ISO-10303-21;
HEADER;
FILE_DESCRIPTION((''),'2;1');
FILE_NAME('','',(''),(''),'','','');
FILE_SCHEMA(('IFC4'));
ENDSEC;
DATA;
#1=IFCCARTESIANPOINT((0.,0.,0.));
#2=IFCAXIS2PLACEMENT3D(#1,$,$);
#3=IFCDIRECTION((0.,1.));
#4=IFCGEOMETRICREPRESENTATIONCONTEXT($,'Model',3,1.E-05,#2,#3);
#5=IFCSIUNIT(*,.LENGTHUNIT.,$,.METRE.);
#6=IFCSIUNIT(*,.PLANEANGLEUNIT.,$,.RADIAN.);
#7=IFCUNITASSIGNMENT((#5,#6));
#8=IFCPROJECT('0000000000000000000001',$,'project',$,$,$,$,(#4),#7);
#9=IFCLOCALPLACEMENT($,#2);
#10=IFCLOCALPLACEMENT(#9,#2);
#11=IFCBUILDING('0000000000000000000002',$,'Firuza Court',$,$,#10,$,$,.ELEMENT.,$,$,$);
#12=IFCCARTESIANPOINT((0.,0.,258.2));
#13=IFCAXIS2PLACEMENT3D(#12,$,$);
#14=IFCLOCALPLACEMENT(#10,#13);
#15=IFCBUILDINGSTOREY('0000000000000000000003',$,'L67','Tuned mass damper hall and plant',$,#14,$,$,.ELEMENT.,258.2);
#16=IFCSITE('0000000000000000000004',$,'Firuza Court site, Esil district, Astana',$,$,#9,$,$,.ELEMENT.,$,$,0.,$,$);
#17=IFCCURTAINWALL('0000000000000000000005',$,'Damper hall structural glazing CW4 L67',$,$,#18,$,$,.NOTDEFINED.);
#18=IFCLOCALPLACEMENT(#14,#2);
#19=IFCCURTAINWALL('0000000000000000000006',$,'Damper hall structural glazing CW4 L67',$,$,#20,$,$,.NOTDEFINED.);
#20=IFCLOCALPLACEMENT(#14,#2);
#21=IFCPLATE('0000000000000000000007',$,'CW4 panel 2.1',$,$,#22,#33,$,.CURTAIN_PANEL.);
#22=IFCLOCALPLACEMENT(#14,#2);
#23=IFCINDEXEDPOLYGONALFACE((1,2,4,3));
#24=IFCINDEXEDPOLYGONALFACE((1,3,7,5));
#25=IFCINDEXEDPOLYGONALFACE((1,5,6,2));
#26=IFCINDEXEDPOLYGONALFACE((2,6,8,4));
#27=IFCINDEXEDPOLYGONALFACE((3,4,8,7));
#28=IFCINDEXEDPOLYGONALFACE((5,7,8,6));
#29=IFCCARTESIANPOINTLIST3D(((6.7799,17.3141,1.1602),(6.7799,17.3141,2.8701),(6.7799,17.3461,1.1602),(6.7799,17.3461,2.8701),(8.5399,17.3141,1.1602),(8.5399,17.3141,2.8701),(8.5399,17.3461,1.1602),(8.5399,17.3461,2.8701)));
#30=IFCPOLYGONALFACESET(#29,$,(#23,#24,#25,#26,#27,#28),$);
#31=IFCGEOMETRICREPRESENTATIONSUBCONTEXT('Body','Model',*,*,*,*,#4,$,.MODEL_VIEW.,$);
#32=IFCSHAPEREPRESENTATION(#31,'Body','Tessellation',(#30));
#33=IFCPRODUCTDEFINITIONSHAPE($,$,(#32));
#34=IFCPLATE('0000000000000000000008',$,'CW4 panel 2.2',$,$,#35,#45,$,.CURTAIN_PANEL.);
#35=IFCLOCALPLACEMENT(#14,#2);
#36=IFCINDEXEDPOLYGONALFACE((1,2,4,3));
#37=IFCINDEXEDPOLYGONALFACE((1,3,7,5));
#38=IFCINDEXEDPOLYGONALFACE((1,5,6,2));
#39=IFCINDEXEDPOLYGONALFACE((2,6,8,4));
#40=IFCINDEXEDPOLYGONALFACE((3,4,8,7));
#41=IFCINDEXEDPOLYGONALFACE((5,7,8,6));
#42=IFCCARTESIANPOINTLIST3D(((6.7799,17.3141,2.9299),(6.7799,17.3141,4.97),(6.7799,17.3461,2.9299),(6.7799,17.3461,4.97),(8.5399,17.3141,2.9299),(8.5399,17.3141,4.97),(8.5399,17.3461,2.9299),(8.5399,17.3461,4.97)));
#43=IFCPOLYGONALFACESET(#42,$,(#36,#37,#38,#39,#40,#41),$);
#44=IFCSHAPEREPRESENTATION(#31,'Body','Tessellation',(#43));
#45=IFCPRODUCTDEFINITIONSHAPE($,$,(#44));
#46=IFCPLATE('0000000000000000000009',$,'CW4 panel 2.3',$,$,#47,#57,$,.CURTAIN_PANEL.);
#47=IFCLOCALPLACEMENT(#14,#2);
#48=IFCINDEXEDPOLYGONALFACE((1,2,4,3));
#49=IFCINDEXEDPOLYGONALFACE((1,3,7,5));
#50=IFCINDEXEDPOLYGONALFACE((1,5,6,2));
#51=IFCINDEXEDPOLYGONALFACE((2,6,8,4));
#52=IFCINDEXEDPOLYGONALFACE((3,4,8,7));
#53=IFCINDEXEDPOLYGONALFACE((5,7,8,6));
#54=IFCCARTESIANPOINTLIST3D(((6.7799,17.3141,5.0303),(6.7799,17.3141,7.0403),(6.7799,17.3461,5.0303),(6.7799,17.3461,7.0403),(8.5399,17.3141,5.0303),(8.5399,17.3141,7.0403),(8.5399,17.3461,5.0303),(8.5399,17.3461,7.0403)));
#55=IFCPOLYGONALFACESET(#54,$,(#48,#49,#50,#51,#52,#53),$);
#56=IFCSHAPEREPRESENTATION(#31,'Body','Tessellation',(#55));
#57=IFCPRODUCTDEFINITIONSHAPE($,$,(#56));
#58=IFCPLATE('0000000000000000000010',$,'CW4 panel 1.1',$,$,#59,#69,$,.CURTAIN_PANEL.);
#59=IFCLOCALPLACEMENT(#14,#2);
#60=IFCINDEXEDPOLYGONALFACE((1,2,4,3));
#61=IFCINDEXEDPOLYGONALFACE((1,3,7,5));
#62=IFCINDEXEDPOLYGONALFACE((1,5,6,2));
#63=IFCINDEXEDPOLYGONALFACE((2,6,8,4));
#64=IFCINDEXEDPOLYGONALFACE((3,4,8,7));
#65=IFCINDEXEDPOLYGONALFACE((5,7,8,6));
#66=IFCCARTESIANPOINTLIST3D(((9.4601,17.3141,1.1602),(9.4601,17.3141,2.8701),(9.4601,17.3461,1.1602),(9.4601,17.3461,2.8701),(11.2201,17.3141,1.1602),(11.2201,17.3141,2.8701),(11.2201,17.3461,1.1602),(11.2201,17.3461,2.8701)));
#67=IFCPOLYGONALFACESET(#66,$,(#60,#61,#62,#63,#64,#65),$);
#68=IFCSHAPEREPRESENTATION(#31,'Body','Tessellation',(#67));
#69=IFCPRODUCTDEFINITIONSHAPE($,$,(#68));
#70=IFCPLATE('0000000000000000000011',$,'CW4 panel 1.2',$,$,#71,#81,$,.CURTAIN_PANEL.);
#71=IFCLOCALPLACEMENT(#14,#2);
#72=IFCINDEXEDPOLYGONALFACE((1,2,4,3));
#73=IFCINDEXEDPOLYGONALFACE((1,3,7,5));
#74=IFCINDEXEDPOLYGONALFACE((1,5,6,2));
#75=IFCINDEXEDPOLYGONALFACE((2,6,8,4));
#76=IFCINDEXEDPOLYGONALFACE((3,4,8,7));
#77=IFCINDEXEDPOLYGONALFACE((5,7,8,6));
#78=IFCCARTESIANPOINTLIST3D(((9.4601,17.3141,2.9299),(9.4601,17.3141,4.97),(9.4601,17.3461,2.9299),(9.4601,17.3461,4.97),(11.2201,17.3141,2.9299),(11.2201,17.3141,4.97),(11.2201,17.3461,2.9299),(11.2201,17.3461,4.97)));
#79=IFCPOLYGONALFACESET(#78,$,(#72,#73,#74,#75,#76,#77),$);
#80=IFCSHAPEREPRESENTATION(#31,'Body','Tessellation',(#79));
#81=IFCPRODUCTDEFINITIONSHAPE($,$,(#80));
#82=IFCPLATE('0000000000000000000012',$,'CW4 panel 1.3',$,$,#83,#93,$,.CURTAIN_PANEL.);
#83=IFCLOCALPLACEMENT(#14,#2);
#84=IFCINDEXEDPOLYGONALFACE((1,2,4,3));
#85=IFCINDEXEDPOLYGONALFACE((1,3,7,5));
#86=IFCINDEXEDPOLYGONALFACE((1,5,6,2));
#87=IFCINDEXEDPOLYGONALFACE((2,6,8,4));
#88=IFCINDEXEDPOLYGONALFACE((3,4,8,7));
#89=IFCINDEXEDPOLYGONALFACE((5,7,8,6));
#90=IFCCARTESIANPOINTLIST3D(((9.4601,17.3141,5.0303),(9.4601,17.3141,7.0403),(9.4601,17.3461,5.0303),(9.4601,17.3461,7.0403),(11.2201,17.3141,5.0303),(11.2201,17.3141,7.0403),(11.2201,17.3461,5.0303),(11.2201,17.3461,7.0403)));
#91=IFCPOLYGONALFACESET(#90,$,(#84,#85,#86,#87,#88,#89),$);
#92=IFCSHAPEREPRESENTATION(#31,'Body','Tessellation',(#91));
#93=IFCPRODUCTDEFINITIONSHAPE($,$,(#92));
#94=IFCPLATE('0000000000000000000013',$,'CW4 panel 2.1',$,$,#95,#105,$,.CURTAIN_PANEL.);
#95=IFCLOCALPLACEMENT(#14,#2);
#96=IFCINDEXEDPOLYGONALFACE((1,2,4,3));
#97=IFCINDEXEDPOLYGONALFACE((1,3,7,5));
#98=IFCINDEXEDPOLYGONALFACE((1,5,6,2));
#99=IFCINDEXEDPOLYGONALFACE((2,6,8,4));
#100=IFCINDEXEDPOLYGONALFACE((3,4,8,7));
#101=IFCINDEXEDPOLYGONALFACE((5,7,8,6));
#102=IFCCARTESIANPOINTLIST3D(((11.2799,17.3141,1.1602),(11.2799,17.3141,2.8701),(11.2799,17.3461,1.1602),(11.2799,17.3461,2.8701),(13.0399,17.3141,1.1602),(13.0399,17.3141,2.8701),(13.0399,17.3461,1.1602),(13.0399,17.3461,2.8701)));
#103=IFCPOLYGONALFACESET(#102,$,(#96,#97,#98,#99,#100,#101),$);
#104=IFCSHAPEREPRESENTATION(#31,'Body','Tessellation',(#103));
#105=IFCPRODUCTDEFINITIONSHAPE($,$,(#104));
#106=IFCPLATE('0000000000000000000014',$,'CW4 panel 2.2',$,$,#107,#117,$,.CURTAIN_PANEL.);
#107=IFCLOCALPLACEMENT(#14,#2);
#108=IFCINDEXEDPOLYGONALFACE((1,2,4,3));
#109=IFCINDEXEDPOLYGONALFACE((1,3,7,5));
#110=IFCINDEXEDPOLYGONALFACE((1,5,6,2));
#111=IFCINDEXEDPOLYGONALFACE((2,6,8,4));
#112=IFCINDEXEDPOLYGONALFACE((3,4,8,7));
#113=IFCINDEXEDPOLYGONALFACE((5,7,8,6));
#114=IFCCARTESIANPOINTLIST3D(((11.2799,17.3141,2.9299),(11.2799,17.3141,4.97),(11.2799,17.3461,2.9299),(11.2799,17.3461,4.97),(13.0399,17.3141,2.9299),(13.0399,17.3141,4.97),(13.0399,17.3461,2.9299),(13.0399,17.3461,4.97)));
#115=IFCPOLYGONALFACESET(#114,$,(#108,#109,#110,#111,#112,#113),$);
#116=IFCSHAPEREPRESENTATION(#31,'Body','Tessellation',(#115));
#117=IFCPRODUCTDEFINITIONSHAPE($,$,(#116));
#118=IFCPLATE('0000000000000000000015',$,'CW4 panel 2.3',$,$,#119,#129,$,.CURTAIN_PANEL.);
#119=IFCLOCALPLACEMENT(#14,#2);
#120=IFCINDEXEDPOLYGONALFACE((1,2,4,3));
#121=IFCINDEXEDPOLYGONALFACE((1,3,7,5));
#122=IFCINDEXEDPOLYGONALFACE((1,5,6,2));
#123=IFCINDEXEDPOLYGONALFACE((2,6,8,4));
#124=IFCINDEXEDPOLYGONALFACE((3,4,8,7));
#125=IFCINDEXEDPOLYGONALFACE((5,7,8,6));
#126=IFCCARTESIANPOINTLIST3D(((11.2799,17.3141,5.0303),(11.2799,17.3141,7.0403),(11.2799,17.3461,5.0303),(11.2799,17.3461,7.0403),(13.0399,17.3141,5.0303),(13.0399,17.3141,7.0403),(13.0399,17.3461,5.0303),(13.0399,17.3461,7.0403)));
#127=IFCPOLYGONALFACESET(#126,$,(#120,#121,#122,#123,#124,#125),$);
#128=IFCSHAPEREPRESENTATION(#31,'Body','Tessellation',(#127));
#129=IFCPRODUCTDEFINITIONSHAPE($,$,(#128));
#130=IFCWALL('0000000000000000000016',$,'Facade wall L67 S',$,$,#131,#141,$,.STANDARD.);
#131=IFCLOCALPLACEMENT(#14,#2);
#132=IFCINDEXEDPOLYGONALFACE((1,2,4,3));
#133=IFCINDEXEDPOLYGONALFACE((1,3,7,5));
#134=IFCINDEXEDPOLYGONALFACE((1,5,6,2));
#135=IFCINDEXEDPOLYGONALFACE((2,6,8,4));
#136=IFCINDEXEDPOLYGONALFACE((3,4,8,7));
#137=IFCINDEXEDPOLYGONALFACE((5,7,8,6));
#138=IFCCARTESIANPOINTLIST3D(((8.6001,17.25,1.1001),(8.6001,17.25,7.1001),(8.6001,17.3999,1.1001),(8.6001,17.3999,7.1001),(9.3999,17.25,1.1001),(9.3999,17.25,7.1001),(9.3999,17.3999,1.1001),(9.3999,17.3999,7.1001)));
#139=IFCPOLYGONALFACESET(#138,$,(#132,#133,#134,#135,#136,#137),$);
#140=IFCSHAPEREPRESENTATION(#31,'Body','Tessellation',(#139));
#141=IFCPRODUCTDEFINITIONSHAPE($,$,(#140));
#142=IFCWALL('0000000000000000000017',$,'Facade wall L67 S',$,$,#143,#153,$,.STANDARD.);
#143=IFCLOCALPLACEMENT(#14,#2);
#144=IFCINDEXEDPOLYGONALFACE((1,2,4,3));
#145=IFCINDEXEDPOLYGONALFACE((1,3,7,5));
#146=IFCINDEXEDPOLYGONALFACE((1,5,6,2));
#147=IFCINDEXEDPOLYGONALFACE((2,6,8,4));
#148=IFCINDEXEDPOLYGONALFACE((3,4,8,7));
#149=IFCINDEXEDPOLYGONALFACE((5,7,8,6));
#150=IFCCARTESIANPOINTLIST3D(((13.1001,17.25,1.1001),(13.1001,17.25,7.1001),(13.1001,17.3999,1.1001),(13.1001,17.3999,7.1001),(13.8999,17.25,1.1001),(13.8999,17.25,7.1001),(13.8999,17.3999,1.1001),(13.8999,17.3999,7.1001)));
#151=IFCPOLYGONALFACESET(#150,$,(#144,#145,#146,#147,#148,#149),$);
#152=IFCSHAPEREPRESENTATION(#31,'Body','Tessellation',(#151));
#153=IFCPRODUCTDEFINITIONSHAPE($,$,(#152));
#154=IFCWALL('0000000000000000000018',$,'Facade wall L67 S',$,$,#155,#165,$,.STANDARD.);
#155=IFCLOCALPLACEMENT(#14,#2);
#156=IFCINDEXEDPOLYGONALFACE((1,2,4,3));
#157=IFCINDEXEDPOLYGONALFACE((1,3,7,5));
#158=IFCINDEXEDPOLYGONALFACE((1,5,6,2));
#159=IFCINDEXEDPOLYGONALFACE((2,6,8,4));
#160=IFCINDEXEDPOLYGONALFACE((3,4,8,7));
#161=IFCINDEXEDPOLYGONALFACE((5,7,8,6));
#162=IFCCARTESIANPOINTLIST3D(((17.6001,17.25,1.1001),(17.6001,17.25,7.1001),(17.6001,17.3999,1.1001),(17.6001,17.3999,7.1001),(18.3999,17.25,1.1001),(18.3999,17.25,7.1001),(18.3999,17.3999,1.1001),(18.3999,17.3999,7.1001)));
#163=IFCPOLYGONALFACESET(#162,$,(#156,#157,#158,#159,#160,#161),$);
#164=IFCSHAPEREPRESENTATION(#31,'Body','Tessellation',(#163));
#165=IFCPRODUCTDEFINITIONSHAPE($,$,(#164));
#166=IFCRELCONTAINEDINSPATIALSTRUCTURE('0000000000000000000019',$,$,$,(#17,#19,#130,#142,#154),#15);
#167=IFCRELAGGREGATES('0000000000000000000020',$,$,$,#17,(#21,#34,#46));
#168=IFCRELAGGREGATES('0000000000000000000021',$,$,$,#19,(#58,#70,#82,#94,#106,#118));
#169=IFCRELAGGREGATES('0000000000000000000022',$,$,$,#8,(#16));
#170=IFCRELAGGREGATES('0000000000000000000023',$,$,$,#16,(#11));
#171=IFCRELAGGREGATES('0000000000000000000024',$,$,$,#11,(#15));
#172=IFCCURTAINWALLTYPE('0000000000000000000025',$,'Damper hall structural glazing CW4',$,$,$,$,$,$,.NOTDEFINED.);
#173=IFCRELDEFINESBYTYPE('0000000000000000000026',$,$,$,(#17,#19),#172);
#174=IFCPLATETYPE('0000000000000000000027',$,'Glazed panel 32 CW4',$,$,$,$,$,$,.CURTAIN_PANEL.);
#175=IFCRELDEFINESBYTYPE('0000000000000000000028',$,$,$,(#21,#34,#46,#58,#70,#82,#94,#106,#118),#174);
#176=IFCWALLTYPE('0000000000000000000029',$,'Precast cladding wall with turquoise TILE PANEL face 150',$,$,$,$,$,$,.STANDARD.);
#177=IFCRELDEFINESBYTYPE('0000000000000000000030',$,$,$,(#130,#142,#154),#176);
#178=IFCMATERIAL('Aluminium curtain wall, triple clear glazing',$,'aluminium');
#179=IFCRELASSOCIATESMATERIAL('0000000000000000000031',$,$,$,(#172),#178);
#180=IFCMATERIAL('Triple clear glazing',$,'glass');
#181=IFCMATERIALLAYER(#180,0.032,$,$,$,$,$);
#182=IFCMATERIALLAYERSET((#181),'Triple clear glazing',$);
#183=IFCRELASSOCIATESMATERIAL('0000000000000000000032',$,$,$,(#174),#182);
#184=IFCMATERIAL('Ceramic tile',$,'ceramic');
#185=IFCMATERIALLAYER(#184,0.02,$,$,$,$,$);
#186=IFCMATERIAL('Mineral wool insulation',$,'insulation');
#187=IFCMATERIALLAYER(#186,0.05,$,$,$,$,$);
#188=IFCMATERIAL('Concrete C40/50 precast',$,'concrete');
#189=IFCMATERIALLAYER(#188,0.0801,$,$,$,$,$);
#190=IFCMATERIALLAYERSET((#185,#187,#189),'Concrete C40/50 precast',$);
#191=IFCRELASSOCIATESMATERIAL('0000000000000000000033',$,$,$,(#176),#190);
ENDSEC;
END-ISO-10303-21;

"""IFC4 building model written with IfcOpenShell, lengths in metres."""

from ifc_helpers import new_model, si_unit, direction, frame, frame_2d, origin, origin_2d, place, context, subcontext, project, spatial, rectangle, extrude, material, layer, layer_set, type_object, element, aggregate, save


model = new_model("IFC4")

# Units and contexts
model_context = context("Model", 3, precision=1e-05, world=origin(), true_north=direction((0.0, 1.0)))
body_context = subcontext(model_context, "Body", "Model", "MODEL_VIEW")
ifc_project = project(units=[si_unit("LENGTHUNIT", "METRE"), si_unit("PLANEANGLEUNIT", "RADIAN")], contexts=[model_context])

# Site, building, storey
site_placement = place(None, origin())
site = spatial("IfcSite", under=ifc_project, at=site_placement, Name="Firuza Court site, Esil district, Astana", CompositionType="ELEMENT", RefElevation=0.0)
building_placement = place(site_placement, origin())
building = spatial("IfcBuilding", under=site, at=building_placement, Name="Firuza Court", CompositionType="ELEMENT")
storey_placement = place(building_placement, frame((0.0, 0.0, 258.2)))
storey = spatial("IfcBuildingStorey", under=building, at=storey_placement, Name="L67", Description="Tuned mass damper hall and plant", CompositionType="ELEMENT", Elevation=258.2)

# Curtain wall
ifc_material_1 = material(Name="Aluminium curtain wall, triple clear glazing", Category="aluminium")
curtain_wall_type = type_object("IfcCurtainWallType", Name="Damper hall structural glazing CW4", PredefinedType="NOTDEFINED", material=ifc_material_1)
curtain_wall_1_placement = place(storey_placement, origin())
curtain_wall_1 = element("IfcCurtainWall", 1, at=curtain_wall_1_placement, inside=storey, type_object=curtain_wall_type, Name="Damper hall structural glazing CW4 L67", PredefinedType="NOTDEFINED")

# Curtain wall
curtain_wall_2_placement = place(storey_placement, origin())
curtain_wall_2 = element("IfcCurtainWall", 2, at=curtain_wall_2_placement, inside=storey, type_object=curtain_wall_type, Name="Damper hall structural glazing CW4 L67", PredefinedType="NOTDEFINED")

# Plates
ifc_material_2 = material(Name="Triple clear glazing", Category="glass")
ifc_layer_1 = layer(ifc_material_2, 0.032)
ifc_layer_set_1 = layer_set([ifc_layer_1], Name="Triple clear glazing")
plate_type = type_object("IfcPlateType", Name="Glazed panel 32 CW4", PredefinedType="CURTAIN_PANEL", material=ifc_layer_set_1)
plate_1_placement = place(storey_placement, frame((7.6599, 17.3301, 1.1602), z_axis=(0.0, 0.0, 1.0), x_axis=(1.0, 0.0, 0.0)))
plate_1 = element("IfcPlate", 3, at=plate_1_placement, type_object=plate_type, Name="CW4 panel 2.1", PredefinedType="CURTAIN_PANEL", context=body_context, shape_type="SweptSolid", body=[
    extrude(rectangle(XDim=1.76, YDim=0.032, at=origin_2d()), origin(), (0.0, 0.0, 1.0), 1.71),
])
plate_2_placement = place(storey_placement, frame((7.6599, 17.3301, 2.9299), z_axis=(0.0, 0.0, 1.0), x_axis=(1.0, 0.0, 0.0)))
plate_2 = element("IfcPlate", 4, at=plate_2_placement, type_object=plate_type, Name="CW4 panel 2.2", PredefinedType="CURTAIN_PANEL", context=body_context, shape_type="SweptSolid", body=[
    extrude(rectangle(XDim=1.76, YDim=0.032, at=origin_2d()), origin(), (0.0, 0.0, 1.0), 2.04),
])
plate_3_placement = place(storey_placement, frame((7.6599, 17.3301, 5.0303), z_axis=(0.0, 0.0, 1.0), x_axis=(1.0, 0.0, 0.0)))
plate_3 = element("IfcPlate", 5, at=plate_3_placement, type_object=plate_type, Name="CW4 panel 2.3", PredefinedType="CURTAIN_PANEL", context=body_context, shape_type="SweptSolid", body=[
    extrude(rectangle(XDim=1.76, YDim=0.032, at=origin_2d()), origin(), (0.0, 0.0, 1.0), 2.01),
])
aggregate(curtain_wall_1, [plate_1, plate_2, plate_3])
plate_4_placement = place(storey_placement, frame((10.3401, 17.3301, 1.1602), z_axis=(0.0, 0.0, 1.0), x_axis=(1.0, 0.0, 0.0)))
plate_4 = element("IfcPlate", 6, at=plate_4_placement, type_object=plate_type, Name="CW4 panel 1.1", PredefinedType="CURTAIN_PANEL", context=body_context, shape_type="SweptSolid", body=[
    extrude(rectangle(XDim=1.76, YDim=0.032, at=origin_2d()), origin(), (0.0, 0.0, 1.0), 1.71),
])
plate_5_placement = place(storey_placement, frame((10.3401, 17.3301, 2.9299), z_axis=(0.0, 0.0, 1.0), x_axis=(1.0, 0.0, 0.0)))
plate_5 = element("IfcPlate", 7, at=plate_5_placement, type_object=plate_type, Name="CW4 panel 1.2", PredefinedType="CURTAIN_PANEL", context=body_context, shape_type="SweptSolid", body=[
    extrude(rectangle(XDim=1.76, YDim=0.032, at=origin_2d()), origin(), (0.0, 0.0, 1.0), 2.04),
])
plate_6_placement = place(storey_placement, frame((10.3401, 17.3301, 5.0303), z_axis=(0.0, 0.0, 1.0), x_axis=(1.0, 0.0, 0.0)))
plate_6 = element("IfcPlate", 8, at=plate_6_placement, type_object=plate_type, Name="CW4 panel 1.3", PredefinedType="CURTAIN_PANEL", context=body_context, shape_type="SweptSolid", body=[
    extrude(rectangle(XDim=1.76, YDim=0.032, at=origin_2d()), origin(), (0.0, 0.0, 1.0), 2.01),
])
plate_7_placement = place(storey_placement, frame((12.1599, 17.3301, 1.1602), z_axis=(0.0, 0.0, 1.0), x_axis=(1.0, 0.0, 0.0)))
plate_7 = element("IfcPlate", 9, at=plate_7_placement, type_object=plate_type, Name="CW4 panel 2.1", PredefinedType="CURTAIN_PANEL", context=body_context, shape_type="SweptSolid", body=[
    extrude(rectangle(XDim=1.76, YDim=0.032, at=origin_2d()), origin(), (0.0, 0.0, 1.0), 1.71),
])
plate_8_placement = place(storey_placement, frame((12.1599, 17.3301, 2.9299), z_axis=(0.0, 0.0, 1.0), x_axis=(1.0, 0.0, 0.0)))
plate_8 = element("IfcPlate", 10, at=plate_8_placement, type_object=plate_type, Name="CW4 panel 2.2", PredefinedType="CURTAIN_PANEL", context=body_context, shape_type="SweptSolid", body=[
    extrude(rectangle(XDim=1.76, YDim=0.032, at=origin_2d()), origin(), (0.0, 0.0, 1.0), 2.04),
])
plate_9_placement = place(storey_placement, frame((12.1599, 17.3301, 5.0303), z_axis=(0.0, 0.0, 1.0), x_axis=(1.0, 0.0, 0.0)))
plate_9 = element("IfcPlate", 11, at=plate_9_placement, type_object=plate_type, Name="CW4 panel 2.3", PredefinedType="CURTAIN_PANEL", context=body_context, shape_type="SweptSolid", body=[
    extrude(rectangle(XDim=1.76, YDim=0.032, at=origin_2d()), origin(), (0.0, 0.0, 1.0), 2.01),
])
aggregate(curtain_wall_2, [plate_4, plate_5, plate_6, plate_7, plate_8, plate_9])

# Walls
ifc_material_3 = material(Name="Ceramic tile", Category="ceramic")
ifc_layer_2 = layer(ifc_material_3, 0.02)
ifc_material_4 = material(Name="Mineral wool insulation", Category="insulation")
ifc_layer_3 = layer(ifc_material_4, 0.05)
ifc_material_5 = material(Name="Concrete C40/50 precast", Category="concrete")
ifc_layer_4 = layer(ifc_material_5, 0.0801)
ifc_layer_set_2 = layer_set([ifc_layer_2, ifc_layer_3, ifc_layer_4], Name="Concrete C40/50 precast")
wall_type = type_object("IfcWallType", Name="Precast cladding wall with turquoise TILE PANEL face 150", PredefinedType="STANDARD", material=ifc_layer_set_2)
for number, where, z_axis, x_axis, name in (
    (12, (8.6001, 17.325, 1.1001), (0.0, 0.0, 1.0), (1.0, 0.0, 0.0), "Facade wall L67 S"),
    (13, (13.1001, 17.325, 1.1001), (0.0, 0.0, 1.0), (1.0, 0.0, 0.0), "Facade wall L67 S"),
    (14, (17.6001, 17.325, 1.1001), (0.0, 0.0, 1.0), (1.0, 0.0, 0.0), "Facade wall L67 S"),
):
    element("IfcWall", number, at=place(storey_placement, frame(where, z_axis=z_axis, x_axis=x_axis)), inside=storey, type_object=wall_type, Name=name, PredefinedType="STANDARD", context=body_context, shape_type="SweptSolid", body=[
        extrude(rectangle(XDim=0.7998, YDim=0.1499, at=frame_2d((0.3999, 0.0))), origin(), (0.0, 0.0, 1.0), 6.0),
    ])

save(model, "model.ifc")
